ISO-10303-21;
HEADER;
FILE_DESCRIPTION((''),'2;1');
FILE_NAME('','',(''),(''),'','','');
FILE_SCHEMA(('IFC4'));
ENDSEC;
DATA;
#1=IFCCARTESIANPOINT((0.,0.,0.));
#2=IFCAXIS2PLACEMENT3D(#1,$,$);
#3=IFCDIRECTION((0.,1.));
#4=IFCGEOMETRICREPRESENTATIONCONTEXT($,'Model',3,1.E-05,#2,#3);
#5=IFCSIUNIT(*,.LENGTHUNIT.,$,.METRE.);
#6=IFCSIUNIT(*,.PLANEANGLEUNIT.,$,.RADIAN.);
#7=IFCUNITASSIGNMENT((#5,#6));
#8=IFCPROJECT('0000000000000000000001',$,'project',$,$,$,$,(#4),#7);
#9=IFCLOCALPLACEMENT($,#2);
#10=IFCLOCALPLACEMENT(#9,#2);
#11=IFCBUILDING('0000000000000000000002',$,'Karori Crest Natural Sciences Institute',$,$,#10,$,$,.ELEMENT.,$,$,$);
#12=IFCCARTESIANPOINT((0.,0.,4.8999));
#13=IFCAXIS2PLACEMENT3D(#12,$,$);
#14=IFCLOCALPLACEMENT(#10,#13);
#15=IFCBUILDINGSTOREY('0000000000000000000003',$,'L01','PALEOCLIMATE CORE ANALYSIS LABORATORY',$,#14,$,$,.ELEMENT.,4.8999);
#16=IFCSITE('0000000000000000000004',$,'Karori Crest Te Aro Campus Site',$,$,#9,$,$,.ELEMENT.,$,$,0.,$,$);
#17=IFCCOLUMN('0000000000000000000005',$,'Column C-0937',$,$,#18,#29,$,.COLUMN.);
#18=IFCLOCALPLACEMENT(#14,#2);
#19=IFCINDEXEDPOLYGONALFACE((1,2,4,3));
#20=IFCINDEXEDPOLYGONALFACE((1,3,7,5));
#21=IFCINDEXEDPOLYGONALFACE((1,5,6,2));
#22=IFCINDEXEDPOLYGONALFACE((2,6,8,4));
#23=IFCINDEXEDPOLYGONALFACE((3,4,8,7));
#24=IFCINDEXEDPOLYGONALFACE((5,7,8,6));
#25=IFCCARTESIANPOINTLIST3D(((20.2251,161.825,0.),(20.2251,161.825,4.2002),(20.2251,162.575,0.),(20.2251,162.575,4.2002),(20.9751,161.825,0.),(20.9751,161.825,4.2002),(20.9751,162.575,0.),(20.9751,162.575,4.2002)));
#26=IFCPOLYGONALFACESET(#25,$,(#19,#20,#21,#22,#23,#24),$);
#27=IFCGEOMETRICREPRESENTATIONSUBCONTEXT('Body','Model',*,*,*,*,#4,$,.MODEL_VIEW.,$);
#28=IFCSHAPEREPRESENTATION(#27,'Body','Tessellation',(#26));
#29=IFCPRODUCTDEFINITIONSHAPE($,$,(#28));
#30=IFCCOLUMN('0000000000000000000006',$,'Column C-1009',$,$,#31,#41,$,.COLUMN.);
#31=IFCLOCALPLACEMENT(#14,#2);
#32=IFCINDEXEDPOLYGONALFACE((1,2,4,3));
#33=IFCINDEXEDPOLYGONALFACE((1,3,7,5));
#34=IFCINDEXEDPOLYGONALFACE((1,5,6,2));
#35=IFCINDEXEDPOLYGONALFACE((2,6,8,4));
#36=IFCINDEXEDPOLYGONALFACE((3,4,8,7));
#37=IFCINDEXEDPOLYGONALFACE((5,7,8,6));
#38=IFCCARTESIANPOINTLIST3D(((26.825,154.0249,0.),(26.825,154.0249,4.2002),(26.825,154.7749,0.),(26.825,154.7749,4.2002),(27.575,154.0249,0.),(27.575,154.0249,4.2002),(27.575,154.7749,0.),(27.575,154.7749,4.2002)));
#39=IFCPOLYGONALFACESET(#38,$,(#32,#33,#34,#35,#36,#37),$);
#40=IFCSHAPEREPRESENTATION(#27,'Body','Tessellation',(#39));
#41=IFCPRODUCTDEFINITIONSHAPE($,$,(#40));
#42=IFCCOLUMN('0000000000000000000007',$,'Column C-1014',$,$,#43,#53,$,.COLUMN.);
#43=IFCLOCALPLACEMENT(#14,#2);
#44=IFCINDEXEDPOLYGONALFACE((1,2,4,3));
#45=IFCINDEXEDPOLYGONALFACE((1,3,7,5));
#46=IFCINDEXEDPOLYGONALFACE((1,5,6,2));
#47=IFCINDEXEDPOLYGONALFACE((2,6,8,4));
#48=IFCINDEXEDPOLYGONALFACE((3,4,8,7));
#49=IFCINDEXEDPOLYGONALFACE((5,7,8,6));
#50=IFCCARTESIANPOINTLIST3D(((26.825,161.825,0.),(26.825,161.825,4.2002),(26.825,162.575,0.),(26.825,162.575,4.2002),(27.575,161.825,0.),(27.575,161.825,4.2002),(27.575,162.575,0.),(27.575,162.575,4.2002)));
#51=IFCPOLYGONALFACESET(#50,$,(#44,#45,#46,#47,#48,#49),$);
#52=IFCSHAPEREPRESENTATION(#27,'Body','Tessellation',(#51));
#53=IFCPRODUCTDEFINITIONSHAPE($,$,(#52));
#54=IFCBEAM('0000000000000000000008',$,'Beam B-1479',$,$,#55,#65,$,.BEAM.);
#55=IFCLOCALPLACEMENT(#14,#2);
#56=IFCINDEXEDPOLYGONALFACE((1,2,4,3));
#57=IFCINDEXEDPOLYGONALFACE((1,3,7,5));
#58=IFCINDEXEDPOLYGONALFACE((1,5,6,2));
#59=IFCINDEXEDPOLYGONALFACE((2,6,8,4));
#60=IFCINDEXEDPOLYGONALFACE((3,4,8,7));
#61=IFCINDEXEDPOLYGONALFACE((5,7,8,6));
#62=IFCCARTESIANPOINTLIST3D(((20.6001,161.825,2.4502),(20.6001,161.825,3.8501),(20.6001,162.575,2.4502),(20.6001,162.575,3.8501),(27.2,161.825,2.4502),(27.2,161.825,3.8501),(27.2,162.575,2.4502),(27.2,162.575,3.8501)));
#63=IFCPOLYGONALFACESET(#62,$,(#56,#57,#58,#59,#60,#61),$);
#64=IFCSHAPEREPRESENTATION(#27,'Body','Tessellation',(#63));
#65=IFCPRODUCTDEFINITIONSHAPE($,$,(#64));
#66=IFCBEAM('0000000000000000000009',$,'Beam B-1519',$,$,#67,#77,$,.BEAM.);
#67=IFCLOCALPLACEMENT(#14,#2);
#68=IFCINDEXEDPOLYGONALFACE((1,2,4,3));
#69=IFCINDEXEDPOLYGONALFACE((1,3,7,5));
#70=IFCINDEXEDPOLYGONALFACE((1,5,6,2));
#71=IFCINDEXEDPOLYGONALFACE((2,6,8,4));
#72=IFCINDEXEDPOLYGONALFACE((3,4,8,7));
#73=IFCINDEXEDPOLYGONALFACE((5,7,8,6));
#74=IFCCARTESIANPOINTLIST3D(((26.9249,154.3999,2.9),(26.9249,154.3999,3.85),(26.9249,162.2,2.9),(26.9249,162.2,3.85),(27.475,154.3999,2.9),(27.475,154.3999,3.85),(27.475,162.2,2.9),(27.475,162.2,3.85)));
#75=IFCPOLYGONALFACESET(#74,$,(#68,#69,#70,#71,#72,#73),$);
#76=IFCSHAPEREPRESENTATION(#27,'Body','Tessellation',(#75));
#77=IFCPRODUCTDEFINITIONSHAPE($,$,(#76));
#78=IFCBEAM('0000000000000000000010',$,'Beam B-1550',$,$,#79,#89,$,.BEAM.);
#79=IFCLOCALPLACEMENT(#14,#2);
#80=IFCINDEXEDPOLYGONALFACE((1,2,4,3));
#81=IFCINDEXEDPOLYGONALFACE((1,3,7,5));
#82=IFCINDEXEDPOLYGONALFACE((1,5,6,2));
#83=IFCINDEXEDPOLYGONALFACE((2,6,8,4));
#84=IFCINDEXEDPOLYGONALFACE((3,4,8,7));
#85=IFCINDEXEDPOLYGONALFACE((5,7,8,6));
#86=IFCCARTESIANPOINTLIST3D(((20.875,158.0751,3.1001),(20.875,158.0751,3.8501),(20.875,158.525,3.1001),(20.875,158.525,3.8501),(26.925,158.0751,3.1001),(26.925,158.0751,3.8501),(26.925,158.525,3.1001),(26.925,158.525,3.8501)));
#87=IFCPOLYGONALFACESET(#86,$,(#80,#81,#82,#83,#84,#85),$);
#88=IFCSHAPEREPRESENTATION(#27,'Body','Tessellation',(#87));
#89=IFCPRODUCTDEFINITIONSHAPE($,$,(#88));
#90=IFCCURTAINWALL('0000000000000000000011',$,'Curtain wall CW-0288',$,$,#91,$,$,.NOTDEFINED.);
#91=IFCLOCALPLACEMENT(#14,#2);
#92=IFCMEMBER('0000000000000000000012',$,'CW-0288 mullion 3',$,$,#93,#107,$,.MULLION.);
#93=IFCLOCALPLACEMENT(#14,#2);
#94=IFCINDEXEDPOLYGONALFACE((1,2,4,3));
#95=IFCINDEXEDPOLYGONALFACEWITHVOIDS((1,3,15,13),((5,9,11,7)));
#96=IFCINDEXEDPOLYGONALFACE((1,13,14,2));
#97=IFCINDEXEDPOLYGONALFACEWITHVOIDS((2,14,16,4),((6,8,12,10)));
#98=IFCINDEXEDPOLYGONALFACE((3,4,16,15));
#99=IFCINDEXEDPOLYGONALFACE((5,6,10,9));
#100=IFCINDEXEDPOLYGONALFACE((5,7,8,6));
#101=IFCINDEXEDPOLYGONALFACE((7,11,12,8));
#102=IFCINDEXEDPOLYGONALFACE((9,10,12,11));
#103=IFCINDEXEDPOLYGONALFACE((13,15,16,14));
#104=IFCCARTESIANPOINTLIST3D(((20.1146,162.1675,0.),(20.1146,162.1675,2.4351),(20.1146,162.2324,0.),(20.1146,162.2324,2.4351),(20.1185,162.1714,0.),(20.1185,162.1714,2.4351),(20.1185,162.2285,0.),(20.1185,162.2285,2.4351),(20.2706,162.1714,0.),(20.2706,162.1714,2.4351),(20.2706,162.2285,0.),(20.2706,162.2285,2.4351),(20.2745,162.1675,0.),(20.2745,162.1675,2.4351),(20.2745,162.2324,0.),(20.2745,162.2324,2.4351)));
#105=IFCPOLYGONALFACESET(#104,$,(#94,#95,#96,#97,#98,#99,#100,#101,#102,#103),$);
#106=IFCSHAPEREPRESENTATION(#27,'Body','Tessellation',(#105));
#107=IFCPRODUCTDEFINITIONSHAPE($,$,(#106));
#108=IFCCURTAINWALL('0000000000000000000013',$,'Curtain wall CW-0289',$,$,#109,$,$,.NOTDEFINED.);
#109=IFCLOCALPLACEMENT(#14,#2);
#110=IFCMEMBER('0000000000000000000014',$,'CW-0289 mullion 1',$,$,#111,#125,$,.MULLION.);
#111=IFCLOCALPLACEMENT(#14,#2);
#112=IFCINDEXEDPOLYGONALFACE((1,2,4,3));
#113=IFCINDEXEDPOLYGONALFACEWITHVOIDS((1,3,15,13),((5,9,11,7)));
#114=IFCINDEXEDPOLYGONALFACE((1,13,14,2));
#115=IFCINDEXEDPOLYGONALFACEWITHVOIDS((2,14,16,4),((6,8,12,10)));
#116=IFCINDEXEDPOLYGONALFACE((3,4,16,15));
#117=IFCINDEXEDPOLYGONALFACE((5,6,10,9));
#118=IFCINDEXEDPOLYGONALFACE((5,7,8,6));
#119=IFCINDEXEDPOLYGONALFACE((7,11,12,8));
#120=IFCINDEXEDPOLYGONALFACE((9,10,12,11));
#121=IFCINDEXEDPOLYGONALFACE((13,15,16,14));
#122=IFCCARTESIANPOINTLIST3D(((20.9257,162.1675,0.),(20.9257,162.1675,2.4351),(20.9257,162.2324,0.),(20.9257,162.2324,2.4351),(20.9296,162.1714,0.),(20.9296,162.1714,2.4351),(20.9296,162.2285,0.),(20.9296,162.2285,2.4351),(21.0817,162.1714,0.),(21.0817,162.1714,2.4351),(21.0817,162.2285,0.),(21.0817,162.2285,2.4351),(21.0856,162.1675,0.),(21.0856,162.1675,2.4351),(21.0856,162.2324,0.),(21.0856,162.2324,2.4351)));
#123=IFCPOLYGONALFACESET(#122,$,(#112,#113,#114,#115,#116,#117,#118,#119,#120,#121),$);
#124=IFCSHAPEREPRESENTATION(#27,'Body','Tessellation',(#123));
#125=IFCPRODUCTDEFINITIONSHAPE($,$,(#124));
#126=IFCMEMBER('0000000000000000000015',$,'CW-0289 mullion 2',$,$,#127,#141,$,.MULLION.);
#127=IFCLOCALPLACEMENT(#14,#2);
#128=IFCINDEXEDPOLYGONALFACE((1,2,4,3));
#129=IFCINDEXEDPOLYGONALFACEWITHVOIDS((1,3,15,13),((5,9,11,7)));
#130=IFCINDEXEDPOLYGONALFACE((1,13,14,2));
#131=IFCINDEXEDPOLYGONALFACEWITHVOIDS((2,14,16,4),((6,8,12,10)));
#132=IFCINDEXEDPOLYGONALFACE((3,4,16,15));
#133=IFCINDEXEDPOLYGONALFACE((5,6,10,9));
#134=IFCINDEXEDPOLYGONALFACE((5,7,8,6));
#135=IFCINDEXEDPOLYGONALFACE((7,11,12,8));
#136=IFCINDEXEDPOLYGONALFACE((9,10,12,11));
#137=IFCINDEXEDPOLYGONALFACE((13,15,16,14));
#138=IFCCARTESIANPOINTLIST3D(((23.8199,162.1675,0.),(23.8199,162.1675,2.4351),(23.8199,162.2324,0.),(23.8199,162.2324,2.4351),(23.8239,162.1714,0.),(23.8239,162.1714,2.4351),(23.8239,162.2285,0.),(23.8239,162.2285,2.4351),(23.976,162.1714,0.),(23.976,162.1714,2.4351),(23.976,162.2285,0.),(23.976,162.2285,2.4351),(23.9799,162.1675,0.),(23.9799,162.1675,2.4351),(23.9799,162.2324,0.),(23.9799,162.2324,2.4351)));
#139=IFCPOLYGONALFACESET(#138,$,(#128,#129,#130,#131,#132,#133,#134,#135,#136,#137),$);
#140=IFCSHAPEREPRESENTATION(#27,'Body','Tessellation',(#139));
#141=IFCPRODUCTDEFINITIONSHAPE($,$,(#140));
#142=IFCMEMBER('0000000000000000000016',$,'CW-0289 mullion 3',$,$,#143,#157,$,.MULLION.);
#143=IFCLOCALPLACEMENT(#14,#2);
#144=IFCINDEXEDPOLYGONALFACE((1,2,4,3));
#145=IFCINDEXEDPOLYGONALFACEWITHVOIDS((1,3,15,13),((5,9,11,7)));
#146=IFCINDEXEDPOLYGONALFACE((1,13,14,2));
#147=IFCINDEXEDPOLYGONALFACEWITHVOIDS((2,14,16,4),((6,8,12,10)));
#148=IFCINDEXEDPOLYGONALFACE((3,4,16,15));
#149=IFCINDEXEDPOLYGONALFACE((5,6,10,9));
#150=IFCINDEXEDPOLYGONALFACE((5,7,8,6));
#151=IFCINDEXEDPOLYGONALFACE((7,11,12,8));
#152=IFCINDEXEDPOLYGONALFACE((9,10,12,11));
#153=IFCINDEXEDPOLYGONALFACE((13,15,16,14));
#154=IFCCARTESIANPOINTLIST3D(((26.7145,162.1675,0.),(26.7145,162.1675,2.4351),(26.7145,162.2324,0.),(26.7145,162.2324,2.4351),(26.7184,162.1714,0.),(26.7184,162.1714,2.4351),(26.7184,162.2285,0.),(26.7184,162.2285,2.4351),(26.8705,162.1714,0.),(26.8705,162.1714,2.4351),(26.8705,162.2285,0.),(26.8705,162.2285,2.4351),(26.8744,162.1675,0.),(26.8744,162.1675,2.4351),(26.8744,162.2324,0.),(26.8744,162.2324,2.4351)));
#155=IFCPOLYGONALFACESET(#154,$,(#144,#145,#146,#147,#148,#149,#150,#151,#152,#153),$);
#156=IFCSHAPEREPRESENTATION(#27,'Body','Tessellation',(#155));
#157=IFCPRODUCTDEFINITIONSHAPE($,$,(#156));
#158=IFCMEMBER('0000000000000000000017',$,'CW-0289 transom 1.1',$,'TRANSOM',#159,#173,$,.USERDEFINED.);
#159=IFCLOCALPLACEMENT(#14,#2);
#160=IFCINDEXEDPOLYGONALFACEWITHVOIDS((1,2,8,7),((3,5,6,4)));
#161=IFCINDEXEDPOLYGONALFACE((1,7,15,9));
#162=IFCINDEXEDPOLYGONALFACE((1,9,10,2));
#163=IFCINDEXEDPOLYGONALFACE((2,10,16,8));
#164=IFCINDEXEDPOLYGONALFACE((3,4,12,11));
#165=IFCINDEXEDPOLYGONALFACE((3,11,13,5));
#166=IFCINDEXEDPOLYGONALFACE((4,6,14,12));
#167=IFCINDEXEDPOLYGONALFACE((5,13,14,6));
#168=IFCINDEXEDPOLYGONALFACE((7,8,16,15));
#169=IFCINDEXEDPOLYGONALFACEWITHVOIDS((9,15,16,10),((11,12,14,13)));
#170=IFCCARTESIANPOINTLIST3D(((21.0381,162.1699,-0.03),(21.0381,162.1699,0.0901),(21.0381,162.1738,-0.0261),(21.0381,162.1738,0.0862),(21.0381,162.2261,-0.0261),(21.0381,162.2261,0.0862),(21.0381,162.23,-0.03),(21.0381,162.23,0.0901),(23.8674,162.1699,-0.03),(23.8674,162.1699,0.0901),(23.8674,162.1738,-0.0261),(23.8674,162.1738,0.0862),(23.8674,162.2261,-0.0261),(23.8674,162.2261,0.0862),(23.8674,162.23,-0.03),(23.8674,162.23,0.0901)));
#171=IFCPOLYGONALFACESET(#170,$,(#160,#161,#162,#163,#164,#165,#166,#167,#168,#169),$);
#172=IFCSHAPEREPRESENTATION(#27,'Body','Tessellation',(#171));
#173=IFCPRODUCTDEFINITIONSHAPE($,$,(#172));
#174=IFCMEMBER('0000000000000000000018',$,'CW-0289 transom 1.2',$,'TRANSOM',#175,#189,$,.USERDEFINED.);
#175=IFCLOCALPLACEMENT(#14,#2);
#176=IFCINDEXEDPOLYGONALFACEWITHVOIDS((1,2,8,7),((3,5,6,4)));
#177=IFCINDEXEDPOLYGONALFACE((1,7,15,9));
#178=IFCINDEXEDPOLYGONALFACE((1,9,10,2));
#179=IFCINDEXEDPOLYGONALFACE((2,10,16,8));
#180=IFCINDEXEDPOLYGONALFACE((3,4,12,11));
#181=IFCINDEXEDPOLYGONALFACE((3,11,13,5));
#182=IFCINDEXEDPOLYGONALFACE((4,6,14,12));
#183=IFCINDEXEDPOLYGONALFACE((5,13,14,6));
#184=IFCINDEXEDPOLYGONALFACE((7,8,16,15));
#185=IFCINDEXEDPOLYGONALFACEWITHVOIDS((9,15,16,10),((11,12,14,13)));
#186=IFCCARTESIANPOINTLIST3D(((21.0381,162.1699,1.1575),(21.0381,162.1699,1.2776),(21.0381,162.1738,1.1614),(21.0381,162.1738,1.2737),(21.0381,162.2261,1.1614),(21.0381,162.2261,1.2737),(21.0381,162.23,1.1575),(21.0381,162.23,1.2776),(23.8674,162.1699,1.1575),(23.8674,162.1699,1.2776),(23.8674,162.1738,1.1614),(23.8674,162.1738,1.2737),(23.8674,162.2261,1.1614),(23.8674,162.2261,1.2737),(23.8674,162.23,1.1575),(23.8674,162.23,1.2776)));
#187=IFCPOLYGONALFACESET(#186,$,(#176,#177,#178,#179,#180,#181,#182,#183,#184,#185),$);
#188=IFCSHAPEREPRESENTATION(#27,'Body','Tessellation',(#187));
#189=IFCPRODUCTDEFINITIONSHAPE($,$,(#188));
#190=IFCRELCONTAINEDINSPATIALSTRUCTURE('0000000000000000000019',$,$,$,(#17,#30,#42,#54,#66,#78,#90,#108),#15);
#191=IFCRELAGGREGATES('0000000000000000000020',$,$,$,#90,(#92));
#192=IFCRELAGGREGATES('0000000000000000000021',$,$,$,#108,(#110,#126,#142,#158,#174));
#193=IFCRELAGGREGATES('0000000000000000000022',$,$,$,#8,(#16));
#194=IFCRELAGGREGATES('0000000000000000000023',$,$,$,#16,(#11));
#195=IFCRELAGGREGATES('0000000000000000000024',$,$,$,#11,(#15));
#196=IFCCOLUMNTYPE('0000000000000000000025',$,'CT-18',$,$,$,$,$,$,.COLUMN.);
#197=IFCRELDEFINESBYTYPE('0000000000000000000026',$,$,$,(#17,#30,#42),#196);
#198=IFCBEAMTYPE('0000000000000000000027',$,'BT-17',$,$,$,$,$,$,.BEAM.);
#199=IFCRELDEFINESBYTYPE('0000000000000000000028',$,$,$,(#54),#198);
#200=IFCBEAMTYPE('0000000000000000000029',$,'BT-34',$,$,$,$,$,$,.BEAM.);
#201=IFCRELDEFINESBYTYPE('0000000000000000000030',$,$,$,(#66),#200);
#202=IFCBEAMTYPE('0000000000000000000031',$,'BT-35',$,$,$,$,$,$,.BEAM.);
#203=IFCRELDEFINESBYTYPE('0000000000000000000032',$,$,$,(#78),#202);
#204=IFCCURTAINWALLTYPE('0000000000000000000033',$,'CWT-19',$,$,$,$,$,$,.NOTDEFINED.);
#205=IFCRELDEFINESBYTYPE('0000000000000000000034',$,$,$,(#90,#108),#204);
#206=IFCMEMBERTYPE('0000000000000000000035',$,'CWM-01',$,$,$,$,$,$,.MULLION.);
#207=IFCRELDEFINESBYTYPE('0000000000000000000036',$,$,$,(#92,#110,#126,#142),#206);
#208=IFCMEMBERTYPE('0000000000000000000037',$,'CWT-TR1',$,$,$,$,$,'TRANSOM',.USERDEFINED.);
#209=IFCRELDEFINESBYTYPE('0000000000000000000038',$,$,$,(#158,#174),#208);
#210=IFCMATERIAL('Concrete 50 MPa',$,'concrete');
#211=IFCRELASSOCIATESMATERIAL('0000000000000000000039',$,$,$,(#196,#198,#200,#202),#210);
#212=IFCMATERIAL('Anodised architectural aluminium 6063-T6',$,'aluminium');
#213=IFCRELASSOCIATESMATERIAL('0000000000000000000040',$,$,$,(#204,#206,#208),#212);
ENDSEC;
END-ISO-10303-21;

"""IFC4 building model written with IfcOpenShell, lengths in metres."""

from ifc_helpers import new_model, si_unit, direction, frame, origin, origin_2d, place, context, subcontext, project, spatial, rectangle, hollow_rectangle, extrude, material, material_profile, profile_set, type_object, element, aggregate, save


model = new_model("IFC4")

# Units and contexts
model_context = context("Model", 3, precision=1e-05, world=origin(), true_north=direction((0.0, 1.0)))
body_context = subcontext(model_context, "Body", "Model", "MODEL_VIEW")
ifc_project = project(units=[si_unit("LENGTHUNIT", "METRE"), si_unit("PLANEANGLEUNIT", "RADIAN")], contexts=[model_context])

# Site, building, storey
site_placement = place(None, origin())
site = spatial("IfcSite", under=ifc_project, at=site_placement, Name="Karori Crest Te Aro Campus Site", CompositionType="ELEMENT", RefElevation=0.0)
building_placement = place(site_placement, origin())
building = spatial("IfcBuilding", under=site, at=building_placement, Name="Karori Crest Natural Sciences Institute", CompositionType="ELEMENT")
storey_placement = place(building_placement, frame((0.0, 0.0, 4.8999)))
storey = spatial("IfcBuildingStorey", under=building, at=storey_placement, Name="L01", Description="PALEOCLIMATE CORE ANALYSIS LABORATORY", CompositionType="ELEMENT", Elevation=4.8999)

# Columns
ifc_material_1 = material(Name="Concrete 50 MPa", Category="concrete")
ifc_material_profile_1 = material_profile(ifc_material_1, rectangle(XDim=0.75, YDim=0.75, at=origin_2d()), Name="RC750x750")
ifc_profile_set_1 = profile_set([ifc_material_profile_1], Name="Concrete 50 MPa")
column_type = type_object("IfcColumnType", Name="CT-18", PredefinedType="COLUMN", material=ifc_profile_set_1)
for number, where, z_axis, x_axis, name in (
    (1, (20.6001, 162.2, 0.0), (0.0, 0.0, 1.0), (1.0, 0.0, 0.0), "Column C-0937"),
    (2, (27.2, 154.3999, 0.0), (0.0, 0.0, 1.0), (1.0, 0.0, 0.0), "Column C-1009"),
    (3, (27.2, 162.2, 0.0), (0.0, 0.0, 1.0), (1.0, 0.0, 0.0), "Column C-1014"),
):
    element("IfcColumn", number, at=place(storey_placement, frame(where, z_axis=z_axis, x_axis=x_axis)), inside=storey, type_object=column_type, Name=name, PredefinedType="COLUMN", context=body_context, shape_type="SweptSolid", body=[
        extrude(rectangle(XDim=0.75, YDim=0.75, at=origin_2d()), origin(), (0.0, 0.0, 1.0), 4.2002),
    ])

# Beams
ifc_material_profile_2 = material_profile(ifc_material_1, rectangle(XDim=0.75, YDim=1.3999, at=origin_2d()), Name="RCB750x1400")
ifc_profile_set_2 = profile_set([ifc_material_profile_2], Name="Concrete 50 MPa")
beam_type_1 = type_object("IfcBeamType", Name="BT-17", PredefinedType="BEAM", material=ifc_profile_set_2)
beam_1_placement = place(storey_placement, frame((20.6001, 162.2, 3.1501), z_axis=(1.0, 0.0, 0.0), x_axis=(0.0, 1.0, 0.0)))
element("IfcBeam", 4, at=beam_1_placement, inside=storey, type_object=beam_type_1, Name="Beam B-1479", PredefinedType="BEAM", context=body_context, shape_type="SweptSolid", body=[
    extrude(rectangle(XDim=0.75, YDim=1.3999, at=origin_2d()), origin(), (0.0, 0.0, 1.0), 6.5999),
])
ifc_material_profile_3 = material_profile(ifc_material_1, rectangle(XDim=0.55, YDim=0.95, at=origin_2d()), Name="RCB550x950")
ifc_profile_set_3 = profile_set([ifc_material_profile_3], Name="Concrete 50 MPa")
beam_type_2 = type_object("IfcBeamType", Name="BT-34", PredefinedType="BEAM", material=ifc_profile_set_3)
beam_2_placement = place(storey_placement, frame((27.2, 154.3999, 3.375), z_axis=(0.0, 1.0, 0.0), x_axis=(-1.0, 0.0, 0.0)))
element("IfcBeam", 5, at=beam_2_placement, inside=storey, type_object=beam_type_2, Name="Beam B-1519", PredefinedType="BEAM", context=body_context, shape_type="SweptSolid", body=[
    extrude(rectangle(XDim=0.55, YDim=0.95, at=origin_2d()), origin(), (0.0, 0.0, 1.0), 7.8),
])
ifc_material_profile_4 = material_profile(ifc_material_1, rectangle(XDim=0.45, YDim=0.75, at=origin_2d()), Name="RCB450x750")
ifc_profile_set_4 = profile_set([ifc_material_profile_4], Name="Concrete 50 MPa")
beam_type_3 = type_object("IfcBeamType", Name="BT-35", PredefinedType="BEAM", material=ifc_profile_set_4)
beam_3_placement = place(storey_placement, frame((20.875, 158.3, 3.4751), z_axis=(1.0, 0.0, 0.0), x_axis=(0.0, 1.0, 0.0)))
element("IfcBeam", 6, at=beam_3_placement, inside=storey, type_object=beam_type_3, Name="Beam B-1550", PredefinedType="BEAM", context=body_context, shape_type="SweptSolid", body=[
    extrude(rectangle(XDim=0.45, YDim=0.75, at=origin_2d()), origin(), (0.0, 0.0, 1.0), 6.05),
])

# Curtain wall, member
ifc_material_2 = material(Name="Anodised architectural aluminium 6063-T6", Category="aluminium")
curtain_wall_type = type_object("IfcCurtainWallType", Name="CWT-19", PredefinedType="NOTDEFINED", material=ifc_material_2)
curtain_wall_1_placement = place(storey_placement, origin())
curtain_wall_1 = element("IfcCurtainWall", 7, at=curtain_wall_1_placement, inside=storey, type_object=curtain_wall_type, Name="Curtain wall CW-0288", PredefinedType="NOTDEFINED")
ifc_material_profile_5 = material_profile(ifc_material_2, hollow_rectangle(XDim=0.0649, YDim=0.1599, WallThickness=0.0039, at=origin_2d()), Name="CWM160x65x4")
ifc_profile_set_5 = profile_set([ifc_material_profile_5], Name="Anodised architectural aluminium 6063-T6")
member_type_1 = type_object("IfcMemberType", Name="CWM-01", PredefinedType="MULLION", material=ifc_profile_set_5)
member_1_placement = place(storey_placement, frame((20.1946, 162.2, 0.0), z_axis=(0.0, 0.0, 1.0), x_axis=(0.0, 1.0, 0.0)))
member_1 = element("IfcMember", 8, at=member_1_placement, type_object=member_type_1, Name="CW-0288 mullion 3", PredefinedType="MULLION", context=body_context, shape_type="SweptSolid", body=[
    extrude(hollow_rectangle(XDim=0.0649, YDim=0.1599, WallThickness=0.0039, at=origin_2d()), origin(), (0.0, 0.0, 1.0), 2.4351),
])
aggregate(curtain_wall_1, [member_1])

# Curtain wall, members
curtain_wall_2_placement = place(storey_placement, origin())
curtain_wall_2 = element("IfcCurtainWall", 9, at=curtain_wall_2_placement, inside=storey, type_object=curtain_wall_type, Name="Curtain wall CW-0289", PredefinedType="NOTDEFINED")
member_2_placement = place(storey_placement, frame((21.0056, 162.2, 0.0), z_axis=(0.0, 0.0, 1.0), x_axis=(0.0, 1.0, 0.0)))
member_2 = element("IfcMember", 10, at=member_2_placement, type_object=member_type_1, Name="CW-0289 mullion 1", PredefinedType="MULLION", context=body_context, shape_type="SweptSolid", body=[
    extrude(hollow_rectangle(XDim=0.0649, YDim=0.1599, WallThickness=0.0039, at=origin_2d()), origin(), (0.0, 0.0, 1.0), 2.4351),
])
member_3_placement = place(storey_placement, frame((23.8999, 162.2, 0.0), z_axis=(0.0, 0.0, 1.0), x_axis=(0.0, 1.0, 0.0)))
member_3 = element("IfcMember", 11, at=member_3_placement, type_object=member_type_1, Name="CW-0289 mullion 2", PredefinedType="MULLION", context=body_context, shape_type="SweptSolid", body=[
    extrude(hollow_rectangle(XDim=0.0649, YDim=0.1599, WallThickness=0.0039, at=origin_2d()), origin(), (0.0, 0.0, 1.0), 2.4351),
])
member_4_placement = place(storey_placement, frame((26.7944, 162.2, 0.0), z_axis=(0.0, 0.0, 1.0), x_axis=(0.0, 1.0, 0.0)))
member_4 = element("IfcMember", 12, at=member_4_placement, type_object=member_type_1, Name="CW-0289 mullion 3", PredefinedType="MULLION", context=body_context, shape_type="SweptSolid", body=[
    extrude(hollow_rectangle(XDim=0.0649, YDim=0.1599, WallThickness=0.0039, at=origin_2d()), origin(), (0.0, 0.0, 1.0), 2.4351),
])
ifc_material_profile_6 = material_profile(ifc_material_2, hollow_rectangle(XDim=0.0601, YDim=0.1201, WallThickness=0.0039, at=origin_2d()), Name="CWT120x60x4")
ifc_profile_set_6 = profile_set([ifc_material_profile_6], Name="Anodised architectural aluminium 6063-T6")
member_type_2 = type_object("IfcMemberType", Name="CWT-TR1", ElementType="TRANSOM", PredefinedType="USERDEFINED", material=ifc_profile_set_6)
member_5_placement = place(storey_placement, frame((21.0381, 162.2, 0.03), z_axis=(1.0, 0.0, 0.0), x_axis=(0.0, 1.0, 0.0)))
member_5 = element("IfcMember", 13, at=member_5_placement, type_object=member_type_2, Name="CW-0289 transom 1.1", ObjectType="TRANSOM", PredefinedType="USERDEFINED", context=body_context, shape_type="SweptSolid", body=[
    extrude(hollow_rectangle(XDim=0.0601, YDim=0.1201, WallThickness=0.0039, at=origin_2d()), origin(), (0.0, 0.0, 1.0), 2.8293),
])
member_6_placement = place(storey_placement, frame((21.0381, 162.2, 1.2175), z_axis=(1.0, 0.0, 0.0), x_axis=(0.0, 1.0, 0.0)))
member_6 = element("IfcMember", 14, at=member_6_placement, type_object=member_type_2, Name="CW-0289 transom 1.2", ObjectType="TRANSOM", PredefinedType="USERDEFINED", context=body_context, shape_type="SweptSolid", body=[
    extrude(hollow_rectangle(XDim=0.0601, YDim=0.1201, WallThickness=0.0039, at=origin_2d()), origin(), (0.0, 0.0, 1.0), 2.8293),
])
aggregate(curtain_wall_2, [member_2, member_3, member_4, member_5, member_6])

save(model, "model.ifc")
